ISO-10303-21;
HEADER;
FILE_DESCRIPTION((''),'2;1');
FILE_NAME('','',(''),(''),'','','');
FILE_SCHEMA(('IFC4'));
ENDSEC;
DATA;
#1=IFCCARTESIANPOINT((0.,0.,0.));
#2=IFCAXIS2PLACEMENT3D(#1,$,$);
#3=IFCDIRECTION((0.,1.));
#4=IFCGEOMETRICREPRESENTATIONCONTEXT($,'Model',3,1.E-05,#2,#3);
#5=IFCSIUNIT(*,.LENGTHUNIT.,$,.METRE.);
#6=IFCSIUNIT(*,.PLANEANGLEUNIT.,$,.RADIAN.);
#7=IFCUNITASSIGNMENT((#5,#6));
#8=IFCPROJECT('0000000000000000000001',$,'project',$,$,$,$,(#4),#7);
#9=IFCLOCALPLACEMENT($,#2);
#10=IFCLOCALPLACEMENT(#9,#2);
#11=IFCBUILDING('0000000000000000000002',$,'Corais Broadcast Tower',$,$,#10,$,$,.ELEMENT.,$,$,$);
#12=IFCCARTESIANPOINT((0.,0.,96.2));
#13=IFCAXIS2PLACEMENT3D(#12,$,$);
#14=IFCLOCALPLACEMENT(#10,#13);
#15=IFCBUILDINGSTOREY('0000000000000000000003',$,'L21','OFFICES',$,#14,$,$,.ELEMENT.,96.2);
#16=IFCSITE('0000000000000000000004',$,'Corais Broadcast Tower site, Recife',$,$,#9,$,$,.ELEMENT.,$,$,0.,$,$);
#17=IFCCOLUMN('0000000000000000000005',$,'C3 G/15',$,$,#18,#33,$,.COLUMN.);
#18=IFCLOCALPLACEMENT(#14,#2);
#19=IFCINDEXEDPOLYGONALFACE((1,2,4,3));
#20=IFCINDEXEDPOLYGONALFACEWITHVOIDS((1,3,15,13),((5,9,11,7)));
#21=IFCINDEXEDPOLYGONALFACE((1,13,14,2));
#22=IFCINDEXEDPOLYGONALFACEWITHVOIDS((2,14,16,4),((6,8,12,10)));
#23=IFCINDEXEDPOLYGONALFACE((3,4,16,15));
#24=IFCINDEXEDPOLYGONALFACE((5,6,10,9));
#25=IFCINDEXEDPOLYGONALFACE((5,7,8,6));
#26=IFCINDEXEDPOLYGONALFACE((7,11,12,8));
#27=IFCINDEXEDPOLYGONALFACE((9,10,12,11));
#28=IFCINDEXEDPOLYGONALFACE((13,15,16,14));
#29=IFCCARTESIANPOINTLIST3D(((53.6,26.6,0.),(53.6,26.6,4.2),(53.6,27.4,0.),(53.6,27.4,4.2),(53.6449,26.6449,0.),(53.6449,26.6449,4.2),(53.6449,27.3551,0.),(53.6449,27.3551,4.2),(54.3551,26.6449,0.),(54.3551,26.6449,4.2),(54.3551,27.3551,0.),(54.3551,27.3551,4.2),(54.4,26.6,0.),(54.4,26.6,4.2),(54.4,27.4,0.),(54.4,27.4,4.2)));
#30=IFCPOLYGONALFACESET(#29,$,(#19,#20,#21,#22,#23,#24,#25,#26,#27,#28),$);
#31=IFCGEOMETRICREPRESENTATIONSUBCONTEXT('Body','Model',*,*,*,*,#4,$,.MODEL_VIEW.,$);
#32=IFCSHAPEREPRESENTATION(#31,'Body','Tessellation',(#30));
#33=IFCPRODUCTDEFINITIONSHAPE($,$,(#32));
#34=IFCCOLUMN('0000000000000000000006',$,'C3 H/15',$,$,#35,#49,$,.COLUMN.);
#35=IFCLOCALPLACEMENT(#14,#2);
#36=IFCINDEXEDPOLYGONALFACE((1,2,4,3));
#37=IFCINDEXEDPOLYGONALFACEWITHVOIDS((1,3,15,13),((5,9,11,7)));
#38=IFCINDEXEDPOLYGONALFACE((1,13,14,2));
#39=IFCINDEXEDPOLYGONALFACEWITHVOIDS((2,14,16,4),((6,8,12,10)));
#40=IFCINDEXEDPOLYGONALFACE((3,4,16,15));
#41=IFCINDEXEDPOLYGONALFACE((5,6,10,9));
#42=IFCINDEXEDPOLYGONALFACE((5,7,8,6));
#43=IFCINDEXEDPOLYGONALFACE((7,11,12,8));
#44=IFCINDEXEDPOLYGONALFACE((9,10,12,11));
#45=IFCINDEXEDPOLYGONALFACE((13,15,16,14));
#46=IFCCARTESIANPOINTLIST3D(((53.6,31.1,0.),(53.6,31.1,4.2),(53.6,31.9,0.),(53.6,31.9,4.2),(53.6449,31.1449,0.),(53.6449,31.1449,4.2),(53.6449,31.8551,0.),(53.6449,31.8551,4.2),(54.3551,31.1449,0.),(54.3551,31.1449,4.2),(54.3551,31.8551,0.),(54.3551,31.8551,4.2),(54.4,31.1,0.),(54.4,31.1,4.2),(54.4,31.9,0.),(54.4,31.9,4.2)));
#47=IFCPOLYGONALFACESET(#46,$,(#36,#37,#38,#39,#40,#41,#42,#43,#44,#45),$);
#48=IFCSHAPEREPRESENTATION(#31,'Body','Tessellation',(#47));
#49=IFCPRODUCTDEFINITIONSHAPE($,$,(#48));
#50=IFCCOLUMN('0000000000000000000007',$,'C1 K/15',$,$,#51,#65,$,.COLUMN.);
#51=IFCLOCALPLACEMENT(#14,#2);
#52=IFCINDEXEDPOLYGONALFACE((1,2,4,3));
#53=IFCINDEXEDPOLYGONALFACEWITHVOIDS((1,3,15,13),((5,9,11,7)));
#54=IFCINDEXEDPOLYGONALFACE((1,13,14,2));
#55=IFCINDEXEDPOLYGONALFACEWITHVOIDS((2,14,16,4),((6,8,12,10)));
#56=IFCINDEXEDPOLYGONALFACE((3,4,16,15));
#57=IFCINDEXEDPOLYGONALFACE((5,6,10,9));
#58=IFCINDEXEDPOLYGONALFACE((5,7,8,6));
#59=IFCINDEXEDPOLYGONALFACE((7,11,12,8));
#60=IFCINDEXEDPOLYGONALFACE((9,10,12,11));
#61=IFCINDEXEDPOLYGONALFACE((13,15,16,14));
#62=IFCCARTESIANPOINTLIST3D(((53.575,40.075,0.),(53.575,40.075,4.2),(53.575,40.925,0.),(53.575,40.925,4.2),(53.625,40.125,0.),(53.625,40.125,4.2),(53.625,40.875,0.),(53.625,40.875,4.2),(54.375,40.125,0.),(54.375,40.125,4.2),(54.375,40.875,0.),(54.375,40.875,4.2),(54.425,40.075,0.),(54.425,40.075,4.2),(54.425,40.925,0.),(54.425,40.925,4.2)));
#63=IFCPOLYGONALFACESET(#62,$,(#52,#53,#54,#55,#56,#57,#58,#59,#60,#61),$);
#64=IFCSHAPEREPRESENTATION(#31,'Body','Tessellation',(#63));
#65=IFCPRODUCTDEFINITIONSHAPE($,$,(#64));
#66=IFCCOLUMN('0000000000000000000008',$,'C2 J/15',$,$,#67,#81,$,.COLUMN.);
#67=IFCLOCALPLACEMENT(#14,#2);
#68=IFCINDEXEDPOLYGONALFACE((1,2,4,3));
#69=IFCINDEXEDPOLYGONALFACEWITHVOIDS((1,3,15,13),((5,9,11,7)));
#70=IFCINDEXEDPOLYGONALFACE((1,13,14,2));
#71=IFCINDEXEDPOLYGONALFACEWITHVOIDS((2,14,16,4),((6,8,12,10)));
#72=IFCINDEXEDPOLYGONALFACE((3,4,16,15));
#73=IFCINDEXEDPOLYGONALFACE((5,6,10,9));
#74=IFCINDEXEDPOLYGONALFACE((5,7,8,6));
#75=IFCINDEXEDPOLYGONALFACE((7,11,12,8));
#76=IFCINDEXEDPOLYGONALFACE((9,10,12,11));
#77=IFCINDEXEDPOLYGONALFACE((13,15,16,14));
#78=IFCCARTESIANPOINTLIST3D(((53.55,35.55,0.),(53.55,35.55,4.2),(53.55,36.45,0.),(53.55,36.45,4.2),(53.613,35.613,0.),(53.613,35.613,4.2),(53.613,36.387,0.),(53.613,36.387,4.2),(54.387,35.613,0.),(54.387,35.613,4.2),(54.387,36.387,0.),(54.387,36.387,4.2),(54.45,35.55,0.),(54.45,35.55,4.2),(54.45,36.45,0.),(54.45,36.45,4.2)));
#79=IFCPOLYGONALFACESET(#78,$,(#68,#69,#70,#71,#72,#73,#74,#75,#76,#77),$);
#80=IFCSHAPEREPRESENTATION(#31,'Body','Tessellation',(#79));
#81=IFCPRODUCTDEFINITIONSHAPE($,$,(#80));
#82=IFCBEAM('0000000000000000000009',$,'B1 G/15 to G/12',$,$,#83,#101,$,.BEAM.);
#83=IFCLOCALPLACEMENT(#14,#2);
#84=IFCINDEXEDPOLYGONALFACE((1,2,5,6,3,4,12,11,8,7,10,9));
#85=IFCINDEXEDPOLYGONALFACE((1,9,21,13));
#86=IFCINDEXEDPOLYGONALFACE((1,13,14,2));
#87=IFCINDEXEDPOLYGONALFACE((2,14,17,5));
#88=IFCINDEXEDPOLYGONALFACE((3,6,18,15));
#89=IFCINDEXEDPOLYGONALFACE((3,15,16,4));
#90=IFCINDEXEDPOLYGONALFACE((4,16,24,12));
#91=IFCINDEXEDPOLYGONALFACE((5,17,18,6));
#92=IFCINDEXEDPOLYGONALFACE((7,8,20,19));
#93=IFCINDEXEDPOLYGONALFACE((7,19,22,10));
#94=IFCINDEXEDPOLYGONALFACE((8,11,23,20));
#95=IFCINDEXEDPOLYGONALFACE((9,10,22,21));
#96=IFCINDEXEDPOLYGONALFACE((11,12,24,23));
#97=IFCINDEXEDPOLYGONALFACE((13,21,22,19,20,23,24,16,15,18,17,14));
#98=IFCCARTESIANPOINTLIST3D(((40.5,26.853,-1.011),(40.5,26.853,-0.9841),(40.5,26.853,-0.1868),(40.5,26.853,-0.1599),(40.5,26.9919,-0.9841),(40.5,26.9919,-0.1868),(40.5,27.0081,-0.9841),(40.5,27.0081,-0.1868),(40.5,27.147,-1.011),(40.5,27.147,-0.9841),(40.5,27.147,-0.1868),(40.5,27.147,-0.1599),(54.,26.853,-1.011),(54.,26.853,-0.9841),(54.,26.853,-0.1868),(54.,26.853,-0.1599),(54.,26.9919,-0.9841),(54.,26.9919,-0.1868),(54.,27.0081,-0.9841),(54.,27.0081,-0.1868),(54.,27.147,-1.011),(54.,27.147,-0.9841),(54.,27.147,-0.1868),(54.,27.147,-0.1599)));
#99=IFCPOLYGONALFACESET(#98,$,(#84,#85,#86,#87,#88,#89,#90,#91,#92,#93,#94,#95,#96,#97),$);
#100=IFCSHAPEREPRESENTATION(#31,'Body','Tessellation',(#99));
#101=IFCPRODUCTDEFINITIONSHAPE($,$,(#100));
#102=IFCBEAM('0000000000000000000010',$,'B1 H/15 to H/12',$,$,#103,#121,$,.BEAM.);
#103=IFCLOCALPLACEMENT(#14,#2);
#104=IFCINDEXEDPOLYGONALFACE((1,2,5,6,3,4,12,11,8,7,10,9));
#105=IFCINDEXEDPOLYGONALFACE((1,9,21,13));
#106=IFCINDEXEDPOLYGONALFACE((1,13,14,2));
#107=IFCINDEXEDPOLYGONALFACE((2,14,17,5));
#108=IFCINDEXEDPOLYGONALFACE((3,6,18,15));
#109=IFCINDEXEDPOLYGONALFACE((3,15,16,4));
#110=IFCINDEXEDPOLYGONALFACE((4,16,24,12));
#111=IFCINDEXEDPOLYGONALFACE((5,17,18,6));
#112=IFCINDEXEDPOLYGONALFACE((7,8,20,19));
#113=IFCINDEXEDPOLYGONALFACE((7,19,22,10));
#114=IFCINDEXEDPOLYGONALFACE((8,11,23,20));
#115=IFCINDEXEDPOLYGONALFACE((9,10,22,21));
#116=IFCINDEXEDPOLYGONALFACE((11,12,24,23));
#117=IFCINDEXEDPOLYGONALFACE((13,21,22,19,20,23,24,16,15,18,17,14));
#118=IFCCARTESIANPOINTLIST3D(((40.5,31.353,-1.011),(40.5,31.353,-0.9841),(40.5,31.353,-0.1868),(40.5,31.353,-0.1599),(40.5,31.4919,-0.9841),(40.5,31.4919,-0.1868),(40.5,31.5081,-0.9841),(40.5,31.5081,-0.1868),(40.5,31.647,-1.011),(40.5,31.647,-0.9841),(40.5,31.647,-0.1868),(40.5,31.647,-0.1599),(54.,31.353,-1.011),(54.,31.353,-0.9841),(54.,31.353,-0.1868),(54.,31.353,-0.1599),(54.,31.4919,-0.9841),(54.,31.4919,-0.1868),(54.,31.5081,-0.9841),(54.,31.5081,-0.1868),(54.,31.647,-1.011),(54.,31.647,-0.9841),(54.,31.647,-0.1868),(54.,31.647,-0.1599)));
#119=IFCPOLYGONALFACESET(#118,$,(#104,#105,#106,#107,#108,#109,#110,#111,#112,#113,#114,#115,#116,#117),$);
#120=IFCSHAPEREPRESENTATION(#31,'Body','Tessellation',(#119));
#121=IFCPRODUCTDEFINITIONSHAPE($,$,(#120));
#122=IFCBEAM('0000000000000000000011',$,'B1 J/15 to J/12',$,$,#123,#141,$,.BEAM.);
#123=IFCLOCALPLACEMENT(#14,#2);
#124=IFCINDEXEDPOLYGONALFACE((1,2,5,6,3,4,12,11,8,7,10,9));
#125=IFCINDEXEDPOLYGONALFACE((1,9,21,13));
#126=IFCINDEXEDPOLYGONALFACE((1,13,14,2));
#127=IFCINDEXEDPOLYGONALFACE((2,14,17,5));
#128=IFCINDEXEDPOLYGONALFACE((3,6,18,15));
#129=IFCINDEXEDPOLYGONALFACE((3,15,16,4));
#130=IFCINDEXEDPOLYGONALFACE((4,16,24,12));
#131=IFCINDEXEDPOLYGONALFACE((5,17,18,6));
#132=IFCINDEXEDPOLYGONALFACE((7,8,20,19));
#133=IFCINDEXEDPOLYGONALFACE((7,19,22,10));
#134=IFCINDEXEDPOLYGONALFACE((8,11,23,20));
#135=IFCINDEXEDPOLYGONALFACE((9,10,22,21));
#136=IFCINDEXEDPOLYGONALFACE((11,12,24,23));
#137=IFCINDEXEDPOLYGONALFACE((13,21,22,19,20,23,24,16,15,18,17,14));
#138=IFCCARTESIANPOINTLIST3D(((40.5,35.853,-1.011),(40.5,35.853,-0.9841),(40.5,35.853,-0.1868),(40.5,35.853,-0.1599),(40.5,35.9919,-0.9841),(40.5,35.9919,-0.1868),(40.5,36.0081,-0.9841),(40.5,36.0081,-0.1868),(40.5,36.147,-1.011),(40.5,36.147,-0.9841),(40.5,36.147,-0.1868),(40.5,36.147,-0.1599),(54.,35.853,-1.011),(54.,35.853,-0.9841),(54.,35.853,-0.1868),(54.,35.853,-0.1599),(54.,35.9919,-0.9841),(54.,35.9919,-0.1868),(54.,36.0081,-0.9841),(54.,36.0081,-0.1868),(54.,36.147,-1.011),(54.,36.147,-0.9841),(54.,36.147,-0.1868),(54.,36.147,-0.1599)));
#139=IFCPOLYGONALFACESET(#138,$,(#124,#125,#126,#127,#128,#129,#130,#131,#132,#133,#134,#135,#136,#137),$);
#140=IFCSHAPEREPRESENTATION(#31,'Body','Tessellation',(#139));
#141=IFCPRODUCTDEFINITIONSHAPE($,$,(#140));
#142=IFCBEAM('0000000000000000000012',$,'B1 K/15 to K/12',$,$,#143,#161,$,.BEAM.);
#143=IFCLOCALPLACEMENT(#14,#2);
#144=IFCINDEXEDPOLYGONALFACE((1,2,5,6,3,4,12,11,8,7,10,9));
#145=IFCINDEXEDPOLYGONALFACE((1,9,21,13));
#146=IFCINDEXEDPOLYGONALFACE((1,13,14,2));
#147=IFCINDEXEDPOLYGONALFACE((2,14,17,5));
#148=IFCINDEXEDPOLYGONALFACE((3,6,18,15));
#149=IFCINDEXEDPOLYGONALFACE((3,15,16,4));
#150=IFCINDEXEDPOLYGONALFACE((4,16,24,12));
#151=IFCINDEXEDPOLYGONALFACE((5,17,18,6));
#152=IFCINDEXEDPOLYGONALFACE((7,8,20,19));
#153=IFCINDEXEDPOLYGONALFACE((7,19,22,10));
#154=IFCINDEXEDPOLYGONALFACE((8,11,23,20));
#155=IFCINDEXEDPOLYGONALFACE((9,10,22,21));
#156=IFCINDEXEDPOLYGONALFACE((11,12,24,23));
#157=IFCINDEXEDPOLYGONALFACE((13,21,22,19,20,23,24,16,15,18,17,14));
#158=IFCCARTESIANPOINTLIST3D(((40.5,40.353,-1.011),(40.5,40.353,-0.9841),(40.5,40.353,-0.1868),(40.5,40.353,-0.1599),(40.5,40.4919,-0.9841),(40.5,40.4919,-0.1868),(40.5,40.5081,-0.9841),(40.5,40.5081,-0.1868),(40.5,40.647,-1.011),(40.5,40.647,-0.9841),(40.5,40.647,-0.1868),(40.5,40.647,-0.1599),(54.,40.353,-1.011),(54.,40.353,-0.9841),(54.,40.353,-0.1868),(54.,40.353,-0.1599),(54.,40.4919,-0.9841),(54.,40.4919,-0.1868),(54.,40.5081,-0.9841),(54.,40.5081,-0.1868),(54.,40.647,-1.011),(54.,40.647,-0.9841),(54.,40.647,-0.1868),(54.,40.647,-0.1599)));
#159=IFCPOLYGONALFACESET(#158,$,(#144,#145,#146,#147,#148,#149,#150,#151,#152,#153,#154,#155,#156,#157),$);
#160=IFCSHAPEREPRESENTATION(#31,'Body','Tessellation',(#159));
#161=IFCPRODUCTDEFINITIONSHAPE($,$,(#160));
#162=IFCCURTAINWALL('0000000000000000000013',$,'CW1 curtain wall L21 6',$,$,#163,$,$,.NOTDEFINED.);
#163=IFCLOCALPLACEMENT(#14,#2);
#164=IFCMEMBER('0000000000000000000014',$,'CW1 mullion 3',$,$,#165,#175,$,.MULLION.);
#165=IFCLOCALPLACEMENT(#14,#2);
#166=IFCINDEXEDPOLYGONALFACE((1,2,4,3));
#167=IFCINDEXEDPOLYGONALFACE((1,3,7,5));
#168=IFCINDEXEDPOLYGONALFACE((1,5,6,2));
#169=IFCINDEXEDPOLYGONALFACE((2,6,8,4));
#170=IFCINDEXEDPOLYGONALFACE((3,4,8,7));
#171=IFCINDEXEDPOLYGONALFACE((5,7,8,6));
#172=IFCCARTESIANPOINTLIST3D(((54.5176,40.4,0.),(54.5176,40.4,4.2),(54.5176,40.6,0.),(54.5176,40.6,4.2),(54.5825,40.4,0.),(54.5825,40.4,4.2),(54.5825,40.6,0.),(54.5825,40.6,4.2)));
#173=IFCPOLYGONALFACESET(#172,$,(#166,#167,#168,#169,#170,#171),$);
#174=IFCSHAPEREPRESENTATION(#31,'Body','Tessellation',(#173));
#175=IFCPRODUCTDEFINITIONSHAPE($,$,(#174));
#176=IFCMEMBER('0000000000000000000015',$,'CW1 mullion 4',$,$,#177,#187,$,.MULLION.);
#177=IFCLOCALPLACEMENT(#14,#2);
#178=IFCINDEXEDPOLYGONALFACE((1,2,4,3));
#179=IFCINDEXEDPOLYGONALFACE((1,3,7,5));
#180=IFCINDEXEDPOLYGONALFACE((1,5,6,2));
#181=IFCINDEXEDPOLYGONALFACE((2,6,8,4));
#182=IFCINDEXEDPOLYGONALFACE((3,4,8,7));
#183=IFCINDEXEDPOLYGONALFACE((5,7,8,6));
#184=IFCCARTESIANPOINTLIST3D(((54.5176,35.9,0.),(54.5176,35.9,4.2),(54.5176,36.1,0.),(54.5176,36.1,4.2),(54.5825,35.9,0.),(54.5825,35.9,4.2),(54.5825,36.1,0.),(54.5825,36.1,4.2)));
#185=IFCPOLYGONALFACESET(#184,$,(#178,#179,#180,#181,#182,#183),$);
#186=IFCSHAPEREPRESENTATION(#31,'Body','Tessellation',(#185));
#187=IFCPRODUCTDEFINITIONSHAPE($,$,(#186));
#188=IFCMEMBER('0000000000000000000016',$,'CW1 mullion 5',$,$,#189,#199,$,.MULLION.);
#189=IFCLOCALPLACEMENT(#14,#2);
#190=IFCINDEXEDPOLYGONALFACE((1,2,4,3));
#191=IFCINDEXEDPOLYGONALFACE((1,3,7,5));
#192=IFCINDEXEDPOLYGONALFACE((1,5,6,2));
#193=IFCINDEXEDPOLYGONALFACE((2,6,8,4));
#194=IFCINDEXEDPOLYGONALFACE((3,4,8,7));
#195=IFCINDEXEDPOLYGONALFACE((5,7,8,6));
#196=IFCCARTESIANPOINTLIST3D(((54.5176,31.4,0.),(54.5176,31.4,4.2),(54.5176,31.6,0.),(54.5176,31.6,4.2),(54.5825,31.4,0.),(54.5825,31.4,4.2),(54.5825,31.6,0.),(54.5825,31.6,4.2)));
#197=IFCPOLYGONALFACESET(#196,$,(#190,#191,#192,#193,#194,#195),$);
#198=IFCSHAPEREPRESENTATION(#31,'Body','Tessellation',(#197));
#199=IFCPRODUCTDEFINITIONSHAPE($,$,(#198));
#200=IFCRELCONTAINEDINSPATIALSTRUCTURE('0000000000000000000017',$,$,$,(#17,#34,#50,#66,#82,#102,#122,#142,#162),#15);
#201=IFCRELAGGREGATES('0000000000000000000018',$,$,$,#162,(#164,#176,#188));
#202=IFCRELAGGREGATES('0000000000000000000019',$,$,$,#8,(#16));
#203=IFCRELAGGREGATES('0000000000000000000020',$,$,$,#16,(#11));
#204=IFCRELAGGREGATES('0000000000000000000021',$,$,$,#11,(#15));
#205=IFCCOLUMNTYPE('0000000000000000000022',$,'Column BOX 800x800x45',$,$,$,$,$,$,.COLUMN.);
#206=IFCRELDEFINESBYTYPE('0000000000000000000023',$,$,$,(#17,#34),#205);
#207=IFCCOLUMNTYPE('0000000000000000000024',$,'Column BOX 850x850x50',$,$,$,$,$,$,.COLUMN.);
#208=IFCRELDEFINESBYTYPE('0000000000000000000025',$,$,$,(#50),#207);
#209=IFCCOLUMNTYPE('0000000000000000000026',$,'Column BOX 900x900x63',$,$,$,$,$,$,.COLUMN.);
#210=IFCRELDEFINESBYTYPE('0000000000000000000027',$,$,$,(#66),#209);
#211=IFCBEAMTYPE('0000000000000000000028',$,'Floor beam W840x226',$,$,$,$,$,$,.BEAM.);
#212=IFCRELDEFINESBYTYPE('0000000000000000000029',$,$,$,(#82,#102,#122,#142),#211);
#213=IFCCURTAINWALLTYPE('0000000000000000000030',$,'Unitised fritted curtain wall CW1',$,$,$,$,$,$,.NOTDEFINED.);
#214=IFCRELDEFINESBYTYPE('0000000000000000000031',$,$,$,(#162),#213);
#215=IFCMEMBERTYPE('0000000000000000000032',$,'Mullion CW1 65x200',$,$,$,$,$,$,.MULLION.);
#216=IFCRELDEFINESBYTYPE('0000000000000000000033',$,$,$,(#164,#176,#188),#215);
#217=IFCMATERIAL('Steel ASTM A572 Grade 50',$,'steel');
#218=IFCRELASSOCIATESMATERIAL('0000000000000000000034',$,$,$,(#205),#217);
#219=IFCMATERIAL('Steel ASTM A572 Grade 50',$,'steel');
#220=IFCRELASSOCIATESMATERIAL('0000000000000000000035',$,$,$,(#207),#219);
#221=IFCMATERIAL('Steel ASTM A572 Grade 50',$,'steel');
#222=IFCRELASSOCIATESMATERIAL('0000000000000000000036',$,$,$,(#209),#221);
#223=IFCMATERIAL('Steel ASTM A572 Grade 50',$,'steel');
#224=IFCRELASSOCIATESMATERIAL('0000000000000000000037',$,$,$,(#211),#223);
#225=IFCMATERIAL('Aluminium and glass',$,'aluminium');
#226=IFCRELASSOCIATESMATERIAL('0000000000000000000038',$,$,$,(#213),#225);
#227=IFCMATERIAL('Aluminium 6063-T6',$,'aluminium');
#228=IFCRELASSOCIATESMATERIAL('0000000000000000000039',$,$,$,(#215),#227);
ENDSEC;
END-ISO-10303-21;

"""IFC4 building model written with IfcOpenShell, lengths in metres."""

from ifc_helpers import new_model, si_unit, direction, frame, origin, origin_2d, place, context, subcontext, project, spatial, rectangle, hollow_rectangle, i_section, extrude, material, material_profile, profile_set, type_object, element, aggregate, save


model = new_model("IFC4")

# Units and contexts
model_context = context("Model", 3, precision=1e-05, world=origin(), true_north=direction((0.0, 1.0)))
body_context = subcontext(model_context, "Body", "Model", "MODEL_VIEW")
ifc_project = project(units=[si_unit("LENGTHUNIT", "METRE"), si_unit("PLANEANGLEUNIT", "RADIAN")], contexts=[model_context])

# Site, building, storey
site_placement = place(None, origin())
site = spatial("IfcSite", under=ifc_project, at=site_placement, Name="Corais Broadcast Tower site, Recife", CompositionType="ELEMENT", RefElevation=0.0)
building_placement = place(site_placement, origin())
building = spatial("IfcBuilding", under=site, at=building_placement, Name="Corais Broadcast Tower", CompositionType="ELEMENT")
storey_placement = place(building_placement, frame((0.0, 0.0, 96.2)))
storey = spatial("IfcBuildingStorey", under=building, at=storey_placement, Name="L21", Description="OFFICES", CompositionType="ELEMENT", Elevation=96.2)

# Columns
ifc_material_1 = material(Name="Steel ASTM A572 Grade 50", Category="steel")
ifc_material_profile_1 = material_profile(ifc_material_1, hollow_rectangle(XDim=0.8, YDim=0.8, WallThickness=0.0449, at=origin_2d()), Name="BOX 800x800x45")
ifc_profile_set_1 = profile_set([ifc_material_profile_1], Name="Steel ASTM A572 Grade 50")
column_type_1 = type_object("IfcColumnType", Name="Column BOX 800x800x45", PredefinedType="COLUMN", material=ifc_profile_set_1)
for number, where, z_axis, x_axis, name in (
    (1, (54.0, 27.0, 0.0), (0.0, 0.0, 1.0), (1.0, 0.0, 0.0), "C3 G/15"),
    (2, (54.0, 31.5, 0.0), (0.0, 0.0, 1.0), (1.0, 0.0, 0.0), "C3 H/15"),
):
    element("IfcColumn", number, at=place(storey_placement, frame(where, z_axis=z_axis, x_axis=x_axis)), inside=storey, type_object=column_type_1, Name=name, PredefinedType="COLUMN", context=body_context, shape_type="SweptSolid", body=[
        extrude(hollow_rectangle(XDim=0.8, YDim=0.8, WallThickness=0.0449, at=origin_2d()), origin(), (0.0, 0.0, 1.0), 4.2),
    ])
ifc_material_2 = material(Name="Steel ASTM A572 Grade 50", Category="steel")
ifc_material_profile_2 = material_profile(ifc_material_2, hollow_rectangle(XDim=0.8501, YDim=0.8501, WallThickness=0.05, at=origin_2d()), Name="BOX 850x850x50")
ifc_profile_set_2 = profile_set([ifc_material_profile_2], Name="Steel ASTM A572 Grade 50")
column_type_2 = type_object("IfcColumnType", Name="Column BOX 850x850x50", PredefinedType="COLUMN", material=ifc_profile_set_2)
column_1_placement = place(storey_placement, frame((54.0, 40.5, 0.0), z_axis=(0.0, 0.0, 1.0), x_axis=(1.0, 0.0, 0.0)))
element("IfcColumn", 3, at=column_1_placement, inside=storey, type_object=column_type_2, Name="C1 K/15", PredefinedType="COLUMN", context=body_context, shape_type="SweptSolid", body=[
    extrude(hollow_rectangle(XDim=0.8501, YDim=0.8501, WallThickness=0.05, at=origin_2d()), origin(), (0.0, 0.0, 1.0), 4.2),
])
ifc_material_3 = material(Name="Steel ASTM A572 Grade 50", Category="steel")
ifc_material_profile_3 = material_profile(ifc_material_3, hollow_rectangle(XDim=0.8999, YDim=0.8999, WallThickness=0.063, at=origin_2d()), Name="BOX 900x900x63")
ifc_profile_set_3 = profile_set([ifc_material_profile_3], Name="Steel ASTM A572 Grade 50")
column_type_3 = type_object("IfcColumnType", Name="Column BOX 900x900x63", PredefinedType="COLUMN", material=ifc_profile_set_3)
column_2_placement = place(storey_placement, frame((54.0, 36.0, 0.0), z_axis=(0.0, 0.0, 1.0), x_axis=(1.0, 0.0, 0.0)))
element("IfcColumn", 4, at=column_2_placement, inside=storey, type_object=column_type_3, Name="C2 J/15", PredefinedType="COLUMN", context=body_context, shape_type="SweptSolid", body=[
    extrude(hollow_rectangle(XDim=0.8999, YDim=0.8999, WallThickness=0.063, at=origin_2d()), origin(), (0.0, 0.0, 1.0), 4.2),
])

# Beams
ifc_material_4 = material(Name="Steel ASTM A572 Grade 50", Category="steel")
ifc_material_profile_4 = material_profile(ifc_material_4, i_section(OverallWidth=0.2939, OverallDepth=0.8511, WebThickness=0.0161, FlangeThickness=0.0269, at=origin_2d()), Name="W840x226")
ifc_profile_set_4 = profile_set([ifc_material_profile_4], Name="Steel ASTM A572 Grade 50")
beam_type_1 = type_object("IfcBeamType", Name="Floor beam W840x226", PredefinedType="BEAM", material=ifc_profile_set_4)
for number, where, z_axis, x_axis, name in (
    (5, (54.0, 27.0, -0.5854), (-1.0, 0.0, 0.0), (0.0, -1.0, 0.0), "B1 G/15 to G/12"),
    (6, (54.0, 31.5, -0.5854), (-1.0, 0.0, 0.0), (0.0, -1.0, 0.0), "B1 H/15 to H/12"),
    (7, (54.0, 36.0, -0.5854), (-1.0, 0.0, 0.0), (0.0, -1.0, 0.0), "B1 J/15 to J/12"),
    (8, (54.0, 40.5, -0.5854), (-1.0, 0.0, 0.0), (0.0, -1.0, 0.0), "B1 K/15 to K/12"),
):
    element("IfcBeam", number, at=place(storey_placement, frame(where, z_axis=z_axis, x_axis=x_axis)), inside=storey, type_object=beam_type_1, Name=name, PredefinedType="BEAM", context=body_context, shape_type="SweptSolid", body=[
        extrude(i_section(OverallWidth=0.2939, OverallDepth=0.8511, WebThickness=0.0161, FlangeThickness=0.0269, at=origin_2d()), origin(), (0.0, 0.0, 1.0), 13.5),
    ])

# Curtain wall, members
ifc_material_5 = material(Name="Aluminium and glass", Category="aluminium")
curtain_wall_type = type_object("IfcCurtainWallType", Name="Unitised fritted curtain wall CW1", PredefinedType="NOTDEFINED", material=ifc_material_5)
curtain_wall_placement = place(storey_placement, origin())
curtain_wall = element("IfcCurtainWall", 9, at=curtain_wall_placement, inside=storey, type_object=curtain_wall_type, Name="CW1 curtain wall L21 6", PredefinedType="NOTDEFINED")
ifc_material_6 = material(Name="Aluminium 6063-T6", Category="aluminium")
ifc_material_profile_5 = material_profile(ifc_material_6, rectangle(XDim=0.0649, YDim=0.2, at=origin_2d()), Name="Mullion CW1 65x200")
ifc_profile_set_5 = profile_set([ifc_material_profile_5], Name="Aluminium 6063-T6")
member_type_1 = type_object("IfcMemberType", Name="Mullion CW1 65x200", PredefinedType="MULLION", material=ifc_profile_set_5)
member_1_placement = place(storey_placement, frame((54.55, 40.5, 0.0), z_axis=(0.0, 0.0, 1.0), x_axis=(1.0, 0.0, 0.0)))
member_1 = element("IfcMember", 10, at=member_1_placement, type_object=member_type_1, Name="CW1 mullion 3", PredefinedType="MULLION", context=body_context, shape_type="SweptSolid", body=[
    extrude(rectangle(XDim=0.0649, YDim=0.2, at=origin_2d()), origin(), (0.0, 0.0, 1.0), 4.2),
])
member_2_placement = place(storey_placement, frame((54.55, 36.0, 0.0), z_axis=(0.0, 0.0, 1.0), x_axis=(1.0, 0.0, 0.0)))
member_2 = element("IfcMember", 11, at=member_2_placement, type_object=member_type_1, Name="CW1 mullion 4", PredefinedType="MULLION", context=body_context, shape_type="SweptSolid", body=[
    extrude(rectangle(XDim=0.0649, YDim=0.2, at=origin_2d()), origin(), (0.0, 0.0, 1.0), 4.2),
])
member_3_placement = place(storey_placement, frame((54.55, 31.5, 0.0), z_axis=(0.0, 0.0, 1.0), x_axis=(1.0, 0.0, 0.0)))
member_3 = element("IfcMember", 12, at=member_3_placement, type_object=member_type_1, Name="CW1 mullion 5", PredefinedType="MULLION", context=body_context, shape_type="SweptSolid", body=[
    extrude(rectangle(XDim=0.0649, YDim=0.2, at=origin_2d()), origin(), (0.0, 0.0, 1.0), 4.2),
])

aggregate(curtain_wall, [member_1, member_2, member_3])

save(model, "model.ifc")
